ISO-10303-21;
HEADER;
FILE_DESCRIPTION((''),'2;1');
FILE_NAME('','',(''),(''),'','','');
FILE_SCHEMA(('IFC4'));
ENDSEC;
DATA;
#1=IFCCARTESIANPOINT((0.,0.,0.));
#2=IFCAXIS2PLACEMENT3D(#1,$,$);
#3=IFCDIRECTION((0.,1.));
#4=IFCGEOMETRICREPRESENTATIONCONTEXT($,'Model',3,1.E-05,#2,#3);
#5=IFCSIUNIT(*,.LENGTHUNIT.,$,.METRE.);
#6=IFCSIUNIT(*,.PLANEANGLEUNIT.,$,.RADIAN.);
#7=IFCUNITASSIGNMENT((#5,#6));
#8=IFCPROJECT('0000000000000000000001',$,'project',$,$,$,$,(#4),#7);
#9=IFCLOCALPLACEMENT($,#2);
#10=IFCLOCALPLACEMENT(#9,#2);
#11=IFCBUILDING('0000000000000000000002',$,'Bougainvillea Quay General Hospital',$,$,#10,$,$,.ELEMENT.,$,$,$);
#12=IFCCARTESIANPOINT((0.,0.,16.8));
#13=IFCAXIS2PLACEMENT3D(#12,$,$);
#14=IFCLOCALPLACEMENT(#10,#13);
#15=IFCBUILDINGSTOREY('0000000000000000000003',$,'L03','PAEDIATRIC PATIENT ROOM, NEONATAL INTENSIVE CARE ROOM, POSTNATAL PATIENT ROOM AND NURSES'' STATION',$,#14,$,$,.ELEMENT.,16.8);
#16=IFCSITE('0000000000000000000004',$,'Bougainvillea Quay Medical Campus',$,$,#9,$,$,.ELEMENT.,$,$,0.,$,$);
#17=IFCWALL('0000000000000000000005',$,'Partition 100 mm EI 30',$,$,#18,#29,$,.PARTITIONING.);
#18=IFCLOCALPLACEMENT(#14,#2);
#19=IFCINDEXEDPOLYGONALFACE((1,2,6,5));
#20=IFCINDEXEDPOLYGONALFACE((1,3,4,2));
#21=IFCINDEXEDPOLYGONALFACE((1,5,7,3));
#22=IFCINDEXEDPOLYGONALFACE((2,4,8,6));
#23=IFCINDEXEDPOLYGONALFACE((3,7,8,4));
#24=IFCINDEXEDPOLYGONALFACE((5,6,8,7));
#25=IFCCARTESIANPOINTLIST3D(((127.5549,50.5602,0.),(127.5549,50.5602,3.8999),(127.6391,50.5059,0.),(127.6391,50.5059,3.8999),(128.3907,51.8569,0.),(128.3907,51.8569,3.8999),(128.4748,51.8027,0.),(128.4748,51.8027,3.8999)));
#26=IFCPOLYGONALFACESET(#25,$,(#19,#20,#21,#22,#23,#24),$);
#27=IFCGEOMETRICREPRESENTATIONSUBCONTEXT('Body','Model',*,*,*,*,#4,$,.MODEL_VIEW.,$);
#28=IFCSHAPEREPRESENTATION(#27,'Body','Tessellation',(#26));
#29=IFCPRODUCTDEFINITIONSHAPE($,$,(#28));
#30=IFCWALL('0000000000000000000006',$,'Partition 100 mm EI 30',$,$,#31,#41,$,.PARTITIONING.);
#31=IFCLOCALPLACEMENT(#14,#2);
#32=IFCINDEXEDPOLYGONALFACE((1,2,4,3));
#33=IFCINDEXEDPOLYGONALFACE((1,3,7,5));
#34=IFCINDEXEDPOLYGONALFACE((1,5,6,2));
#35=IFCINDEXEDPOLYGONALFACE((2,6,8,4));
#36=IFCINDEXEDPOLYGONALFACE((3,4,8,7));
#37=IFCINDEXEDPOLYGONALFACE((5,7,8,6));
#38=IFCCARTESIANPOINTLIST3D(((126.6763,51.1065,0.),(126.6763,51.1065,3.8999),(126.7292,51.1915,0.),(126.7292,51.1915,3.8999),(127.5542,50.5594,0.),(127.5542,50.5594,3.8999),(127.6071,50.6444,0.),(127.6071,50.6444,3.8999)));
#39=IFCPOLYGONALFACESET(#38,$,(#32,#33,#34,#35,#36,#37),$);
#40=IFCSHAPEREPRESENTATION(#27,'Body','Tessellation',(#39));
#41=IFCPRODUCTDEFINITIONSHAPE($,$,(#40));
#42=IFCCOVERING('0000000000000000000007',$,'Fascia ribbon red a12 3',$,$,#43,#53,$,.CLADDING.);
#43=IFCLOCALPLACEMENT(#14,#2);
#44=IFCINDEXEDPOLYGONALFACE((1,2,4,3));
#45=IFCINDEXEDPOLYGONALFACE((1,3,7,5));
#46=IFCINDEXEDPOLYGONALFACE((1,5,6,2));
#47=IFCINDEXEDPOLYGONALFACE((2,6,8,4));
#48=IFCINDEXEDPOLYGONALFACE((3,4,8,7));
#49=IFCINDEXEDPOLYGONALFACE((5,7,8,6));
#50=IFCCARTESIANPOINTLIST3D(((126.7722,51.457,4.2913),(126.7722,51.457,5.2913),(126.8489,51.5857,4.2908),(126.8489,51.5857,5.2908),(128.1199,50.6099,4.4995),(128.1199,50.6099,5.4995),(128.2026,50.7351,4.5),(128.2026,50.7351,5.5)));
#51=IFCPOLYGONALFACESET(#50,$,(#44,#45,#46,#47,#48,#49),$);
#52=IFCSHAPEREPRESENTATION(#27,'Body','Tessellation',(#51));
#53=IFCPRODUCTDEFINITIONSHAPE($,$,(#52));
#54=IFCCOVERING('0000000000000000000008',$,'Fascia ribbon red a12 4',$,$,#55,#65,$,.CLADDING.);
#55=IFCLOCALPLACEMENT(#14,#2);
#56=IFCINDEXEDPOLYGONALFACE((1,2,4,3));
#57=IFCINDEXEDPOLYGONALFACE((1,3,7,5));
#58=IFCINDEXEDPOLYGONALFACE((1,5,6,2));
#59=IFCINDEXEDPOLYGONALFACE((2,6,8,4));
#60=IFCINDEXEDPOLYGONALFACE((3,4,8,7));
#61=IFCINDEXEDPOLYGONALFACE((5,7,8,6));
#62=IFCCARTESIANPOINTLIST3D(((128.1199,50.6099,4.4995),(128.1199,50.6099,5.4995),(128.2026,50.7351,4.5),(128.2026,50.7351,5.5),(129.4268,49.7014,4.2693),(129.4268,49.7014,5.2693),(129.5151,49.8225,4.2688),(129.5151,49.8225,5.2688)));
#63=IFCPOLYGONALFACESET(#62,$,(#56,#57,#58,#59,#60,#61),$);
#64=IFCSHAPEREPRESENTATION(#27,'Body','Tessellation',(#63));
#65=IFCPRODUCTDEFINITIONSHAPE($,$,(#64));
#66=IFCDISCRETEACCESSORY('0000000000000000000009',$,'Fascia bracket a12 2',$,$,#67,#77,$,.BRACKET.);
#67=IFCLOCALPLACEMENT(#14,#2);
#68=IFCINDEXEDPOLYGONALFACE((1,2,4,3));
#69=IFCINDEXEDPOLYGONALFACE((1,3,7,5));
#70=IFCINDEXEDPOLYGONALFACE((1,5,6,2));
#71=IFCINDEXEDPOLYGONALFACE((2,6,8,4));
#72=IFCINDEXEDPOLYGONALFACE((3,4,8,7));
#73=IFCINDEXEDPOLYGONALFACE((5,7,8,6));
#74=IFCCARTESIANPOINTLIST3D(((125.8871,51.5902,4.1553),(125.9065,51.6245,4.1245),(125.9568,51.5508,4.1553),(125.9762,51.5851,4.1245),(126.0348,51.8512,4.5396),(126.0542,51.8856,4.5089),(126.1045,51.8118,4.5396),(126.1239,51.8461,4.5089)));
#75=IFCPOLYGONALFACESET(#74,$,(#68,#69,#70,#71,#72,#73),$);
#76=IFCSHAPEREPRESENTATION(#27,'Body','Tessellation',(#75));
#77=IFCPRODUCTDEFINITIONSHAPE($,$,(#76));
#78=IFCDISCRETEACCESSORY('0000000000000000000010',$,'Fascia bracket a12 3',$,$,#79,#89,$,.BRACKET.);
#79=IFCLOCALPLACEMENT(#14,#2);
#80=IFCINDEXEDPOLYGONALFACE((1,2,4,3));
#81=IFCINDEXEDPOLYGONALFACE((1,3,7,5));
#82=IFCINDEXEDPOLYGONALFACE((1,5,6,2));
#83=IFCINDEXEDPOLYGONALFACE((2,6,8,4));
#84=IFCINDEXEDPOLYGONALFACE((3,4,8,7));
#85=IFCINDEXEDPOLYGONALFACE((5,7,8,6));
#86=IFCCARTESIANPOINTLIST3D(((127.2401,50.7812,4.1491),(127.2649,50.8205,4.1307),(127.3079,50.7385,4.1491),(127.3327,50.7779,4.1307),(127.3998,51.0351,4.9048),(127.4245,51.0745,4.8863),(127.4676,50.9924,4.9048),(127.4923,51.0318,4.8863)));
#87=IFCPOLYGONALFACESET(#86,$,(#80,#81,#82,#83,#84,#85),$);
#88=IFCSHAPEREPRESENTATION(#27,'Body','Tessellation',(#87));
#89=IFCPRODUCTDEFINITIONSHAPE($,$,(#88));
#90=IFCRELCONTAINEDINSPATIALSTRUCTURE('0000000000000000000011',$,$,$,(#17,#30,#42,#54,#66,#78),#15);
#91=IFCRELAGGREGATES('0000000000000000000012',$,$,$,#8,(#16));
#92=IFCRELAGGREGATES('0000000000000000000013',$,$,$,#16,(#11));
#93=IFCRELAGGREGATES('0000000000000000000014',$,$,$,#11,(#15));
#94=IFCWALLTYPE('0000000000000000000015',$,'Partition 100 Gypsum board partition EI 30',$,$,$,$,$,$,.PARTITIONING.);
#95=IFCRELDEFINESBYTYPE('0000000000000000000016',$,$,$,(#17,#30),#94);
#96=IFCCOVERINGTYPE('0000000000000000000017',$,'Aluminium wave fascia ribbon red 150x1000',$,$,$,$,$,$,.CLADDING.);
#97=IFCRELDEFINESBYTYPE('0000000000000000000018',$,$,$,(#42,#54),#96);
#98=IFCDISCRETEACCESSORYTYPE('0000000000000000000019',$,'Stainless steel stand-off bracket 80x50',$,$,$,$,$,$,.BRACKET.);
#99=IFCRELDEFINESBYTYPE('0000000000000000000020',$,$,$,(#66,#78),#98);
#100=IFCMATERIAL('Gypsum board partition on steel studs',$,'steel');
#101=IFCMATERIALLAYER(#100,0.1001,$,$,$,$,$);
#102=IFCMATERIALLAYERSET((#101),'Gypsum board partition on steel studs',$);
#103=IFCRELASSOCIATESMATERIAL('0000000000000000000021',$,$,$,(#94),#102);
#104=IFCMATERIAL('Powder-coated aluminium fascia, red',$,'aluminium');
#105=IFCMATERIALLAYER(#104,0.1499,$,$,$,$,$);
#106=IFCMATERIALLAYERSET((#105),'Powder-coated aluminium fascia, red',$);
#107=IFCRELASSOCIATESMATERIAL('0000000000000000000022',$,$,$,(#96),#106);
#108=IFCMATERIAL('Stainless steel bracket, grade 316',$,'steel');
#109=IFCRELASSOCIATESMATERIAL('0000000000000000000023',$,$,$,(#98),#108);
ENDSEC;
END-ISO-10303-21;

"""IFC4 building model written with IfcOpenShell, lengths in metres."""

from ifc_helpers import new_model, si_unit, direction, frame, frame_2d, origin, origin_2d, place, context, subcontext, project, spatial, polyline, rectangle, outline, extrude, material, layer, layer_set, material_profile, profile_set, type_object, element, save


model = new_model("IFC4")

# Units and contexts
model_context = context("Model", 3, precision=1e-05, world=origin(), true_north=direction((0.0, 1.0)))
body_context = subcontext(model_context, "Body", "Model", "MODEL_VIEW")
ifc_project = project(units=[si_unit("LENGTHUNIT", "METRE"), si_unit("PLANEANGLEUNIT", "RADIAN")], contexts=[model_context])

# Site, building, storey
site_placement = place(None, origin())
site = spatial("IfcSite", under=ifc_project, at=site_placement, Name="Bougainvillea Quay Medical Campus", CompositionType="ELEMENT", RefElevation=0.0)
building_placement = place(site_placement, origin())
building = spatial("IfcBuilding", under=site, at=building_placement, Name="Bougainvillea Quay General Hospital", CompositionType="ELEMENT")
storey_placement = place(building_placement, frame((0.0, 0.0, 16.8)))
storey = spatial("IfcBuildingStorey", under=building, at=storey_placement, Name="L03", Description="PAEDIATRIC PATIENT ROOM, NEONATAL INTENSIVE CARE ROOM, POSTNATAL PATIENT ROOM AND NURSES' STATION", CompositionType="ELEMENT", Elevation=16.8)

# Walls
ifc_material_1 = material(Name="Gypsum board partition on steel studs", Category="steel")
ifc_layer_1 = layer(ifc_material_1, 0.1001)
ifc_layer_set_1 = layer_set([ifc_layer_1], Name="Gypsum board partition on steel studs")
wall_type = type_object("IfcWallType", Name="Partition 100 Gypsum board partition EI 30", PredefinedType="PARTITIONING", material=ifc_layer_set_1)
wall_1_placement = place(storey_placement, frame((127.5969, 50.533, 0.0), z_axis=(0.0, 0.0, 1.0), x_axis=(0.541741, 0.840545, 0.0)))
element("IfcWall", 1, at=wall_1_placement, inside=storey, type_object=wall_type, Name="Partition 100 mm EI 30", PredefinedType="PARTITIONING", context=body_context, shape_type="SweptSolid", body=[
    extrude(rectangle(XDim=1.5427, YDim=0.1001, at=frame_2d((0.7715, 0.0))), origin(), (0.0, 0.0, 1.0), 3.8999),
])
wall_2_placement = place(storey_placement, frame((126.7029, 51.1489, 0.0), z_axis=(0.0, 0.0, 1.0), x_axis=(0.848687, -0.528895, 0.0)))
element("IfcWall", 2, at=wall_2_placement, inside=storey, type_object=wall_type, Name="Partition 100 mm EI 30", PredefinedType="PARTITIONING", context=body_context, shape_type="SweptSolid", body=[
    extrude(rectangle(XDim=1.0344, YDim=0.1001, at=frame_2d((0.5171, 0.0))), origin(), (0.0, 0.0, 1.0), 3.8999),
])

# Coverings
ifc_material_2 = material(Name="Powder-coated aluminium fascia, red", Category="aluminium")
ifc_layer_2 = layer(ifc_material_2, 0.1499)
ifc_layer_set_2 = layer_set([ifc_layer_2], Name="Powder-coated aluminium fascia, red")
covering_type = type_object("IfcCoveringType", Name="Aluminium wave fascia ribbon red 150x1000", PredefinedType="CLADDING", material=ifc_layer_set_2)
covering_1_placement = place(storey_placement, frame((126.7722, 51.457, 4.2913), z_axis=(-0.109877, 0.06899, 0.991548), x_axis=(0.839461, -0.527705, 0.129741)))
element("IfcCovering", 3, at=covering_1_placement, inside=storey, type_object=covering_type, Name="Fascia ribbon red a12 3", PredefinedType="CLADDING", context=body_context, shape_type="SweptSolid", body=[
    extrude(outline(polyline([(0.0, 0.0), (1.6054, 0.0), (1.6088, 0.1501), (-0.0036, 0.1497), (0.0, 0.0)])), origin(), (0.129741, 0.000068, 0.991548), 1.0),
])
covering_2_placement = place(storey_placement, frame((128.1199, 50.6099, 4.4995), z_axis=(0.117562, -0.081676, 0.989701), x_axis=(0.812652, -0.564894, -0.143149)))
element("IfcCovering", 4, at=covering_2_placement, inside=storey, type_object=covering_type, Name="Fascia ribbon red a12 4", PredefinedType="CLADDING", context=body_context, shape_type="SweptSolid", body=[
    extrude(outline(polyline([(0.0, 0.0), (1.6082, 0.0), (1.6117, 0.1499), (-0.0036, 0.1501), (0.0, 0.0)])), origin(), (-0.143149, -0.000036, 0.989701), 1.0),
])

# Discrete accessories
ifc_material_3 = material(Name="Stainless steel bracket, grade 316", Category="steel")
ifc_material_profile_1 = material_profile(ifc_material_3, rectangle(XDim=0.0801, YDim=0.05, at=origin_2d()))
ifc_profile_set_1 = profile_set([ifc_material_profile_1], Name="Stainless steel bracket, grade 316")
discrete_accessory_type = type_object("IfcDiscreteAccessoryType", Name="Stainless steel stand-off bracket 80x50", PredefinedType="BRACKET", material=ifc_profile_set_1)
discrete_accessory_1_placement = place(storey_placement, frame((125.9316, 51.5876, 4.1399), z_axis=(0.303021, 0.53542, 0.788355), x_axis=(-0.87029, 0.49254, 0.0)))
element("IfcDiscreteAccessory", 5, at=discrete_accessory_1_placement, inside=storey, type_object=discrete_accessory_type, Name="Fascia bracket a12 2", PredefinedType="BRACKET", context=body_context, shape_type="SweptSolid", body=[
    extrude(rectangle(XDim=0.0801, YDim=0.05, at=origin_2d()), origin(), (0.0, 0.0, 1.0), 0.4875),
])
discrete_accessory_2_placement = place(storey_placement, frame((127.2864, 50.7795, 4.1399), z_axis=(0.196401, 0.31232, 0.929453), x_axis=(-0.846532, 0.532338, 0.0)))
element("IfcDiscreteAccessory", 6, at=discrete_accessory_2_placement, inside=storey, type_object=discrete_accessory_type, Name="Fascia bracket a12 3", PredefinedType="BRACKET", context=body_context, shape_type="SweptSolid", body=[
    extrude(rectangle(XDim=0.0801, YDim=0.05, at=origin_2d()), origin(), (0.0, 0.0, 1.0), 0.813),
])

save(model, "model.ifc")
